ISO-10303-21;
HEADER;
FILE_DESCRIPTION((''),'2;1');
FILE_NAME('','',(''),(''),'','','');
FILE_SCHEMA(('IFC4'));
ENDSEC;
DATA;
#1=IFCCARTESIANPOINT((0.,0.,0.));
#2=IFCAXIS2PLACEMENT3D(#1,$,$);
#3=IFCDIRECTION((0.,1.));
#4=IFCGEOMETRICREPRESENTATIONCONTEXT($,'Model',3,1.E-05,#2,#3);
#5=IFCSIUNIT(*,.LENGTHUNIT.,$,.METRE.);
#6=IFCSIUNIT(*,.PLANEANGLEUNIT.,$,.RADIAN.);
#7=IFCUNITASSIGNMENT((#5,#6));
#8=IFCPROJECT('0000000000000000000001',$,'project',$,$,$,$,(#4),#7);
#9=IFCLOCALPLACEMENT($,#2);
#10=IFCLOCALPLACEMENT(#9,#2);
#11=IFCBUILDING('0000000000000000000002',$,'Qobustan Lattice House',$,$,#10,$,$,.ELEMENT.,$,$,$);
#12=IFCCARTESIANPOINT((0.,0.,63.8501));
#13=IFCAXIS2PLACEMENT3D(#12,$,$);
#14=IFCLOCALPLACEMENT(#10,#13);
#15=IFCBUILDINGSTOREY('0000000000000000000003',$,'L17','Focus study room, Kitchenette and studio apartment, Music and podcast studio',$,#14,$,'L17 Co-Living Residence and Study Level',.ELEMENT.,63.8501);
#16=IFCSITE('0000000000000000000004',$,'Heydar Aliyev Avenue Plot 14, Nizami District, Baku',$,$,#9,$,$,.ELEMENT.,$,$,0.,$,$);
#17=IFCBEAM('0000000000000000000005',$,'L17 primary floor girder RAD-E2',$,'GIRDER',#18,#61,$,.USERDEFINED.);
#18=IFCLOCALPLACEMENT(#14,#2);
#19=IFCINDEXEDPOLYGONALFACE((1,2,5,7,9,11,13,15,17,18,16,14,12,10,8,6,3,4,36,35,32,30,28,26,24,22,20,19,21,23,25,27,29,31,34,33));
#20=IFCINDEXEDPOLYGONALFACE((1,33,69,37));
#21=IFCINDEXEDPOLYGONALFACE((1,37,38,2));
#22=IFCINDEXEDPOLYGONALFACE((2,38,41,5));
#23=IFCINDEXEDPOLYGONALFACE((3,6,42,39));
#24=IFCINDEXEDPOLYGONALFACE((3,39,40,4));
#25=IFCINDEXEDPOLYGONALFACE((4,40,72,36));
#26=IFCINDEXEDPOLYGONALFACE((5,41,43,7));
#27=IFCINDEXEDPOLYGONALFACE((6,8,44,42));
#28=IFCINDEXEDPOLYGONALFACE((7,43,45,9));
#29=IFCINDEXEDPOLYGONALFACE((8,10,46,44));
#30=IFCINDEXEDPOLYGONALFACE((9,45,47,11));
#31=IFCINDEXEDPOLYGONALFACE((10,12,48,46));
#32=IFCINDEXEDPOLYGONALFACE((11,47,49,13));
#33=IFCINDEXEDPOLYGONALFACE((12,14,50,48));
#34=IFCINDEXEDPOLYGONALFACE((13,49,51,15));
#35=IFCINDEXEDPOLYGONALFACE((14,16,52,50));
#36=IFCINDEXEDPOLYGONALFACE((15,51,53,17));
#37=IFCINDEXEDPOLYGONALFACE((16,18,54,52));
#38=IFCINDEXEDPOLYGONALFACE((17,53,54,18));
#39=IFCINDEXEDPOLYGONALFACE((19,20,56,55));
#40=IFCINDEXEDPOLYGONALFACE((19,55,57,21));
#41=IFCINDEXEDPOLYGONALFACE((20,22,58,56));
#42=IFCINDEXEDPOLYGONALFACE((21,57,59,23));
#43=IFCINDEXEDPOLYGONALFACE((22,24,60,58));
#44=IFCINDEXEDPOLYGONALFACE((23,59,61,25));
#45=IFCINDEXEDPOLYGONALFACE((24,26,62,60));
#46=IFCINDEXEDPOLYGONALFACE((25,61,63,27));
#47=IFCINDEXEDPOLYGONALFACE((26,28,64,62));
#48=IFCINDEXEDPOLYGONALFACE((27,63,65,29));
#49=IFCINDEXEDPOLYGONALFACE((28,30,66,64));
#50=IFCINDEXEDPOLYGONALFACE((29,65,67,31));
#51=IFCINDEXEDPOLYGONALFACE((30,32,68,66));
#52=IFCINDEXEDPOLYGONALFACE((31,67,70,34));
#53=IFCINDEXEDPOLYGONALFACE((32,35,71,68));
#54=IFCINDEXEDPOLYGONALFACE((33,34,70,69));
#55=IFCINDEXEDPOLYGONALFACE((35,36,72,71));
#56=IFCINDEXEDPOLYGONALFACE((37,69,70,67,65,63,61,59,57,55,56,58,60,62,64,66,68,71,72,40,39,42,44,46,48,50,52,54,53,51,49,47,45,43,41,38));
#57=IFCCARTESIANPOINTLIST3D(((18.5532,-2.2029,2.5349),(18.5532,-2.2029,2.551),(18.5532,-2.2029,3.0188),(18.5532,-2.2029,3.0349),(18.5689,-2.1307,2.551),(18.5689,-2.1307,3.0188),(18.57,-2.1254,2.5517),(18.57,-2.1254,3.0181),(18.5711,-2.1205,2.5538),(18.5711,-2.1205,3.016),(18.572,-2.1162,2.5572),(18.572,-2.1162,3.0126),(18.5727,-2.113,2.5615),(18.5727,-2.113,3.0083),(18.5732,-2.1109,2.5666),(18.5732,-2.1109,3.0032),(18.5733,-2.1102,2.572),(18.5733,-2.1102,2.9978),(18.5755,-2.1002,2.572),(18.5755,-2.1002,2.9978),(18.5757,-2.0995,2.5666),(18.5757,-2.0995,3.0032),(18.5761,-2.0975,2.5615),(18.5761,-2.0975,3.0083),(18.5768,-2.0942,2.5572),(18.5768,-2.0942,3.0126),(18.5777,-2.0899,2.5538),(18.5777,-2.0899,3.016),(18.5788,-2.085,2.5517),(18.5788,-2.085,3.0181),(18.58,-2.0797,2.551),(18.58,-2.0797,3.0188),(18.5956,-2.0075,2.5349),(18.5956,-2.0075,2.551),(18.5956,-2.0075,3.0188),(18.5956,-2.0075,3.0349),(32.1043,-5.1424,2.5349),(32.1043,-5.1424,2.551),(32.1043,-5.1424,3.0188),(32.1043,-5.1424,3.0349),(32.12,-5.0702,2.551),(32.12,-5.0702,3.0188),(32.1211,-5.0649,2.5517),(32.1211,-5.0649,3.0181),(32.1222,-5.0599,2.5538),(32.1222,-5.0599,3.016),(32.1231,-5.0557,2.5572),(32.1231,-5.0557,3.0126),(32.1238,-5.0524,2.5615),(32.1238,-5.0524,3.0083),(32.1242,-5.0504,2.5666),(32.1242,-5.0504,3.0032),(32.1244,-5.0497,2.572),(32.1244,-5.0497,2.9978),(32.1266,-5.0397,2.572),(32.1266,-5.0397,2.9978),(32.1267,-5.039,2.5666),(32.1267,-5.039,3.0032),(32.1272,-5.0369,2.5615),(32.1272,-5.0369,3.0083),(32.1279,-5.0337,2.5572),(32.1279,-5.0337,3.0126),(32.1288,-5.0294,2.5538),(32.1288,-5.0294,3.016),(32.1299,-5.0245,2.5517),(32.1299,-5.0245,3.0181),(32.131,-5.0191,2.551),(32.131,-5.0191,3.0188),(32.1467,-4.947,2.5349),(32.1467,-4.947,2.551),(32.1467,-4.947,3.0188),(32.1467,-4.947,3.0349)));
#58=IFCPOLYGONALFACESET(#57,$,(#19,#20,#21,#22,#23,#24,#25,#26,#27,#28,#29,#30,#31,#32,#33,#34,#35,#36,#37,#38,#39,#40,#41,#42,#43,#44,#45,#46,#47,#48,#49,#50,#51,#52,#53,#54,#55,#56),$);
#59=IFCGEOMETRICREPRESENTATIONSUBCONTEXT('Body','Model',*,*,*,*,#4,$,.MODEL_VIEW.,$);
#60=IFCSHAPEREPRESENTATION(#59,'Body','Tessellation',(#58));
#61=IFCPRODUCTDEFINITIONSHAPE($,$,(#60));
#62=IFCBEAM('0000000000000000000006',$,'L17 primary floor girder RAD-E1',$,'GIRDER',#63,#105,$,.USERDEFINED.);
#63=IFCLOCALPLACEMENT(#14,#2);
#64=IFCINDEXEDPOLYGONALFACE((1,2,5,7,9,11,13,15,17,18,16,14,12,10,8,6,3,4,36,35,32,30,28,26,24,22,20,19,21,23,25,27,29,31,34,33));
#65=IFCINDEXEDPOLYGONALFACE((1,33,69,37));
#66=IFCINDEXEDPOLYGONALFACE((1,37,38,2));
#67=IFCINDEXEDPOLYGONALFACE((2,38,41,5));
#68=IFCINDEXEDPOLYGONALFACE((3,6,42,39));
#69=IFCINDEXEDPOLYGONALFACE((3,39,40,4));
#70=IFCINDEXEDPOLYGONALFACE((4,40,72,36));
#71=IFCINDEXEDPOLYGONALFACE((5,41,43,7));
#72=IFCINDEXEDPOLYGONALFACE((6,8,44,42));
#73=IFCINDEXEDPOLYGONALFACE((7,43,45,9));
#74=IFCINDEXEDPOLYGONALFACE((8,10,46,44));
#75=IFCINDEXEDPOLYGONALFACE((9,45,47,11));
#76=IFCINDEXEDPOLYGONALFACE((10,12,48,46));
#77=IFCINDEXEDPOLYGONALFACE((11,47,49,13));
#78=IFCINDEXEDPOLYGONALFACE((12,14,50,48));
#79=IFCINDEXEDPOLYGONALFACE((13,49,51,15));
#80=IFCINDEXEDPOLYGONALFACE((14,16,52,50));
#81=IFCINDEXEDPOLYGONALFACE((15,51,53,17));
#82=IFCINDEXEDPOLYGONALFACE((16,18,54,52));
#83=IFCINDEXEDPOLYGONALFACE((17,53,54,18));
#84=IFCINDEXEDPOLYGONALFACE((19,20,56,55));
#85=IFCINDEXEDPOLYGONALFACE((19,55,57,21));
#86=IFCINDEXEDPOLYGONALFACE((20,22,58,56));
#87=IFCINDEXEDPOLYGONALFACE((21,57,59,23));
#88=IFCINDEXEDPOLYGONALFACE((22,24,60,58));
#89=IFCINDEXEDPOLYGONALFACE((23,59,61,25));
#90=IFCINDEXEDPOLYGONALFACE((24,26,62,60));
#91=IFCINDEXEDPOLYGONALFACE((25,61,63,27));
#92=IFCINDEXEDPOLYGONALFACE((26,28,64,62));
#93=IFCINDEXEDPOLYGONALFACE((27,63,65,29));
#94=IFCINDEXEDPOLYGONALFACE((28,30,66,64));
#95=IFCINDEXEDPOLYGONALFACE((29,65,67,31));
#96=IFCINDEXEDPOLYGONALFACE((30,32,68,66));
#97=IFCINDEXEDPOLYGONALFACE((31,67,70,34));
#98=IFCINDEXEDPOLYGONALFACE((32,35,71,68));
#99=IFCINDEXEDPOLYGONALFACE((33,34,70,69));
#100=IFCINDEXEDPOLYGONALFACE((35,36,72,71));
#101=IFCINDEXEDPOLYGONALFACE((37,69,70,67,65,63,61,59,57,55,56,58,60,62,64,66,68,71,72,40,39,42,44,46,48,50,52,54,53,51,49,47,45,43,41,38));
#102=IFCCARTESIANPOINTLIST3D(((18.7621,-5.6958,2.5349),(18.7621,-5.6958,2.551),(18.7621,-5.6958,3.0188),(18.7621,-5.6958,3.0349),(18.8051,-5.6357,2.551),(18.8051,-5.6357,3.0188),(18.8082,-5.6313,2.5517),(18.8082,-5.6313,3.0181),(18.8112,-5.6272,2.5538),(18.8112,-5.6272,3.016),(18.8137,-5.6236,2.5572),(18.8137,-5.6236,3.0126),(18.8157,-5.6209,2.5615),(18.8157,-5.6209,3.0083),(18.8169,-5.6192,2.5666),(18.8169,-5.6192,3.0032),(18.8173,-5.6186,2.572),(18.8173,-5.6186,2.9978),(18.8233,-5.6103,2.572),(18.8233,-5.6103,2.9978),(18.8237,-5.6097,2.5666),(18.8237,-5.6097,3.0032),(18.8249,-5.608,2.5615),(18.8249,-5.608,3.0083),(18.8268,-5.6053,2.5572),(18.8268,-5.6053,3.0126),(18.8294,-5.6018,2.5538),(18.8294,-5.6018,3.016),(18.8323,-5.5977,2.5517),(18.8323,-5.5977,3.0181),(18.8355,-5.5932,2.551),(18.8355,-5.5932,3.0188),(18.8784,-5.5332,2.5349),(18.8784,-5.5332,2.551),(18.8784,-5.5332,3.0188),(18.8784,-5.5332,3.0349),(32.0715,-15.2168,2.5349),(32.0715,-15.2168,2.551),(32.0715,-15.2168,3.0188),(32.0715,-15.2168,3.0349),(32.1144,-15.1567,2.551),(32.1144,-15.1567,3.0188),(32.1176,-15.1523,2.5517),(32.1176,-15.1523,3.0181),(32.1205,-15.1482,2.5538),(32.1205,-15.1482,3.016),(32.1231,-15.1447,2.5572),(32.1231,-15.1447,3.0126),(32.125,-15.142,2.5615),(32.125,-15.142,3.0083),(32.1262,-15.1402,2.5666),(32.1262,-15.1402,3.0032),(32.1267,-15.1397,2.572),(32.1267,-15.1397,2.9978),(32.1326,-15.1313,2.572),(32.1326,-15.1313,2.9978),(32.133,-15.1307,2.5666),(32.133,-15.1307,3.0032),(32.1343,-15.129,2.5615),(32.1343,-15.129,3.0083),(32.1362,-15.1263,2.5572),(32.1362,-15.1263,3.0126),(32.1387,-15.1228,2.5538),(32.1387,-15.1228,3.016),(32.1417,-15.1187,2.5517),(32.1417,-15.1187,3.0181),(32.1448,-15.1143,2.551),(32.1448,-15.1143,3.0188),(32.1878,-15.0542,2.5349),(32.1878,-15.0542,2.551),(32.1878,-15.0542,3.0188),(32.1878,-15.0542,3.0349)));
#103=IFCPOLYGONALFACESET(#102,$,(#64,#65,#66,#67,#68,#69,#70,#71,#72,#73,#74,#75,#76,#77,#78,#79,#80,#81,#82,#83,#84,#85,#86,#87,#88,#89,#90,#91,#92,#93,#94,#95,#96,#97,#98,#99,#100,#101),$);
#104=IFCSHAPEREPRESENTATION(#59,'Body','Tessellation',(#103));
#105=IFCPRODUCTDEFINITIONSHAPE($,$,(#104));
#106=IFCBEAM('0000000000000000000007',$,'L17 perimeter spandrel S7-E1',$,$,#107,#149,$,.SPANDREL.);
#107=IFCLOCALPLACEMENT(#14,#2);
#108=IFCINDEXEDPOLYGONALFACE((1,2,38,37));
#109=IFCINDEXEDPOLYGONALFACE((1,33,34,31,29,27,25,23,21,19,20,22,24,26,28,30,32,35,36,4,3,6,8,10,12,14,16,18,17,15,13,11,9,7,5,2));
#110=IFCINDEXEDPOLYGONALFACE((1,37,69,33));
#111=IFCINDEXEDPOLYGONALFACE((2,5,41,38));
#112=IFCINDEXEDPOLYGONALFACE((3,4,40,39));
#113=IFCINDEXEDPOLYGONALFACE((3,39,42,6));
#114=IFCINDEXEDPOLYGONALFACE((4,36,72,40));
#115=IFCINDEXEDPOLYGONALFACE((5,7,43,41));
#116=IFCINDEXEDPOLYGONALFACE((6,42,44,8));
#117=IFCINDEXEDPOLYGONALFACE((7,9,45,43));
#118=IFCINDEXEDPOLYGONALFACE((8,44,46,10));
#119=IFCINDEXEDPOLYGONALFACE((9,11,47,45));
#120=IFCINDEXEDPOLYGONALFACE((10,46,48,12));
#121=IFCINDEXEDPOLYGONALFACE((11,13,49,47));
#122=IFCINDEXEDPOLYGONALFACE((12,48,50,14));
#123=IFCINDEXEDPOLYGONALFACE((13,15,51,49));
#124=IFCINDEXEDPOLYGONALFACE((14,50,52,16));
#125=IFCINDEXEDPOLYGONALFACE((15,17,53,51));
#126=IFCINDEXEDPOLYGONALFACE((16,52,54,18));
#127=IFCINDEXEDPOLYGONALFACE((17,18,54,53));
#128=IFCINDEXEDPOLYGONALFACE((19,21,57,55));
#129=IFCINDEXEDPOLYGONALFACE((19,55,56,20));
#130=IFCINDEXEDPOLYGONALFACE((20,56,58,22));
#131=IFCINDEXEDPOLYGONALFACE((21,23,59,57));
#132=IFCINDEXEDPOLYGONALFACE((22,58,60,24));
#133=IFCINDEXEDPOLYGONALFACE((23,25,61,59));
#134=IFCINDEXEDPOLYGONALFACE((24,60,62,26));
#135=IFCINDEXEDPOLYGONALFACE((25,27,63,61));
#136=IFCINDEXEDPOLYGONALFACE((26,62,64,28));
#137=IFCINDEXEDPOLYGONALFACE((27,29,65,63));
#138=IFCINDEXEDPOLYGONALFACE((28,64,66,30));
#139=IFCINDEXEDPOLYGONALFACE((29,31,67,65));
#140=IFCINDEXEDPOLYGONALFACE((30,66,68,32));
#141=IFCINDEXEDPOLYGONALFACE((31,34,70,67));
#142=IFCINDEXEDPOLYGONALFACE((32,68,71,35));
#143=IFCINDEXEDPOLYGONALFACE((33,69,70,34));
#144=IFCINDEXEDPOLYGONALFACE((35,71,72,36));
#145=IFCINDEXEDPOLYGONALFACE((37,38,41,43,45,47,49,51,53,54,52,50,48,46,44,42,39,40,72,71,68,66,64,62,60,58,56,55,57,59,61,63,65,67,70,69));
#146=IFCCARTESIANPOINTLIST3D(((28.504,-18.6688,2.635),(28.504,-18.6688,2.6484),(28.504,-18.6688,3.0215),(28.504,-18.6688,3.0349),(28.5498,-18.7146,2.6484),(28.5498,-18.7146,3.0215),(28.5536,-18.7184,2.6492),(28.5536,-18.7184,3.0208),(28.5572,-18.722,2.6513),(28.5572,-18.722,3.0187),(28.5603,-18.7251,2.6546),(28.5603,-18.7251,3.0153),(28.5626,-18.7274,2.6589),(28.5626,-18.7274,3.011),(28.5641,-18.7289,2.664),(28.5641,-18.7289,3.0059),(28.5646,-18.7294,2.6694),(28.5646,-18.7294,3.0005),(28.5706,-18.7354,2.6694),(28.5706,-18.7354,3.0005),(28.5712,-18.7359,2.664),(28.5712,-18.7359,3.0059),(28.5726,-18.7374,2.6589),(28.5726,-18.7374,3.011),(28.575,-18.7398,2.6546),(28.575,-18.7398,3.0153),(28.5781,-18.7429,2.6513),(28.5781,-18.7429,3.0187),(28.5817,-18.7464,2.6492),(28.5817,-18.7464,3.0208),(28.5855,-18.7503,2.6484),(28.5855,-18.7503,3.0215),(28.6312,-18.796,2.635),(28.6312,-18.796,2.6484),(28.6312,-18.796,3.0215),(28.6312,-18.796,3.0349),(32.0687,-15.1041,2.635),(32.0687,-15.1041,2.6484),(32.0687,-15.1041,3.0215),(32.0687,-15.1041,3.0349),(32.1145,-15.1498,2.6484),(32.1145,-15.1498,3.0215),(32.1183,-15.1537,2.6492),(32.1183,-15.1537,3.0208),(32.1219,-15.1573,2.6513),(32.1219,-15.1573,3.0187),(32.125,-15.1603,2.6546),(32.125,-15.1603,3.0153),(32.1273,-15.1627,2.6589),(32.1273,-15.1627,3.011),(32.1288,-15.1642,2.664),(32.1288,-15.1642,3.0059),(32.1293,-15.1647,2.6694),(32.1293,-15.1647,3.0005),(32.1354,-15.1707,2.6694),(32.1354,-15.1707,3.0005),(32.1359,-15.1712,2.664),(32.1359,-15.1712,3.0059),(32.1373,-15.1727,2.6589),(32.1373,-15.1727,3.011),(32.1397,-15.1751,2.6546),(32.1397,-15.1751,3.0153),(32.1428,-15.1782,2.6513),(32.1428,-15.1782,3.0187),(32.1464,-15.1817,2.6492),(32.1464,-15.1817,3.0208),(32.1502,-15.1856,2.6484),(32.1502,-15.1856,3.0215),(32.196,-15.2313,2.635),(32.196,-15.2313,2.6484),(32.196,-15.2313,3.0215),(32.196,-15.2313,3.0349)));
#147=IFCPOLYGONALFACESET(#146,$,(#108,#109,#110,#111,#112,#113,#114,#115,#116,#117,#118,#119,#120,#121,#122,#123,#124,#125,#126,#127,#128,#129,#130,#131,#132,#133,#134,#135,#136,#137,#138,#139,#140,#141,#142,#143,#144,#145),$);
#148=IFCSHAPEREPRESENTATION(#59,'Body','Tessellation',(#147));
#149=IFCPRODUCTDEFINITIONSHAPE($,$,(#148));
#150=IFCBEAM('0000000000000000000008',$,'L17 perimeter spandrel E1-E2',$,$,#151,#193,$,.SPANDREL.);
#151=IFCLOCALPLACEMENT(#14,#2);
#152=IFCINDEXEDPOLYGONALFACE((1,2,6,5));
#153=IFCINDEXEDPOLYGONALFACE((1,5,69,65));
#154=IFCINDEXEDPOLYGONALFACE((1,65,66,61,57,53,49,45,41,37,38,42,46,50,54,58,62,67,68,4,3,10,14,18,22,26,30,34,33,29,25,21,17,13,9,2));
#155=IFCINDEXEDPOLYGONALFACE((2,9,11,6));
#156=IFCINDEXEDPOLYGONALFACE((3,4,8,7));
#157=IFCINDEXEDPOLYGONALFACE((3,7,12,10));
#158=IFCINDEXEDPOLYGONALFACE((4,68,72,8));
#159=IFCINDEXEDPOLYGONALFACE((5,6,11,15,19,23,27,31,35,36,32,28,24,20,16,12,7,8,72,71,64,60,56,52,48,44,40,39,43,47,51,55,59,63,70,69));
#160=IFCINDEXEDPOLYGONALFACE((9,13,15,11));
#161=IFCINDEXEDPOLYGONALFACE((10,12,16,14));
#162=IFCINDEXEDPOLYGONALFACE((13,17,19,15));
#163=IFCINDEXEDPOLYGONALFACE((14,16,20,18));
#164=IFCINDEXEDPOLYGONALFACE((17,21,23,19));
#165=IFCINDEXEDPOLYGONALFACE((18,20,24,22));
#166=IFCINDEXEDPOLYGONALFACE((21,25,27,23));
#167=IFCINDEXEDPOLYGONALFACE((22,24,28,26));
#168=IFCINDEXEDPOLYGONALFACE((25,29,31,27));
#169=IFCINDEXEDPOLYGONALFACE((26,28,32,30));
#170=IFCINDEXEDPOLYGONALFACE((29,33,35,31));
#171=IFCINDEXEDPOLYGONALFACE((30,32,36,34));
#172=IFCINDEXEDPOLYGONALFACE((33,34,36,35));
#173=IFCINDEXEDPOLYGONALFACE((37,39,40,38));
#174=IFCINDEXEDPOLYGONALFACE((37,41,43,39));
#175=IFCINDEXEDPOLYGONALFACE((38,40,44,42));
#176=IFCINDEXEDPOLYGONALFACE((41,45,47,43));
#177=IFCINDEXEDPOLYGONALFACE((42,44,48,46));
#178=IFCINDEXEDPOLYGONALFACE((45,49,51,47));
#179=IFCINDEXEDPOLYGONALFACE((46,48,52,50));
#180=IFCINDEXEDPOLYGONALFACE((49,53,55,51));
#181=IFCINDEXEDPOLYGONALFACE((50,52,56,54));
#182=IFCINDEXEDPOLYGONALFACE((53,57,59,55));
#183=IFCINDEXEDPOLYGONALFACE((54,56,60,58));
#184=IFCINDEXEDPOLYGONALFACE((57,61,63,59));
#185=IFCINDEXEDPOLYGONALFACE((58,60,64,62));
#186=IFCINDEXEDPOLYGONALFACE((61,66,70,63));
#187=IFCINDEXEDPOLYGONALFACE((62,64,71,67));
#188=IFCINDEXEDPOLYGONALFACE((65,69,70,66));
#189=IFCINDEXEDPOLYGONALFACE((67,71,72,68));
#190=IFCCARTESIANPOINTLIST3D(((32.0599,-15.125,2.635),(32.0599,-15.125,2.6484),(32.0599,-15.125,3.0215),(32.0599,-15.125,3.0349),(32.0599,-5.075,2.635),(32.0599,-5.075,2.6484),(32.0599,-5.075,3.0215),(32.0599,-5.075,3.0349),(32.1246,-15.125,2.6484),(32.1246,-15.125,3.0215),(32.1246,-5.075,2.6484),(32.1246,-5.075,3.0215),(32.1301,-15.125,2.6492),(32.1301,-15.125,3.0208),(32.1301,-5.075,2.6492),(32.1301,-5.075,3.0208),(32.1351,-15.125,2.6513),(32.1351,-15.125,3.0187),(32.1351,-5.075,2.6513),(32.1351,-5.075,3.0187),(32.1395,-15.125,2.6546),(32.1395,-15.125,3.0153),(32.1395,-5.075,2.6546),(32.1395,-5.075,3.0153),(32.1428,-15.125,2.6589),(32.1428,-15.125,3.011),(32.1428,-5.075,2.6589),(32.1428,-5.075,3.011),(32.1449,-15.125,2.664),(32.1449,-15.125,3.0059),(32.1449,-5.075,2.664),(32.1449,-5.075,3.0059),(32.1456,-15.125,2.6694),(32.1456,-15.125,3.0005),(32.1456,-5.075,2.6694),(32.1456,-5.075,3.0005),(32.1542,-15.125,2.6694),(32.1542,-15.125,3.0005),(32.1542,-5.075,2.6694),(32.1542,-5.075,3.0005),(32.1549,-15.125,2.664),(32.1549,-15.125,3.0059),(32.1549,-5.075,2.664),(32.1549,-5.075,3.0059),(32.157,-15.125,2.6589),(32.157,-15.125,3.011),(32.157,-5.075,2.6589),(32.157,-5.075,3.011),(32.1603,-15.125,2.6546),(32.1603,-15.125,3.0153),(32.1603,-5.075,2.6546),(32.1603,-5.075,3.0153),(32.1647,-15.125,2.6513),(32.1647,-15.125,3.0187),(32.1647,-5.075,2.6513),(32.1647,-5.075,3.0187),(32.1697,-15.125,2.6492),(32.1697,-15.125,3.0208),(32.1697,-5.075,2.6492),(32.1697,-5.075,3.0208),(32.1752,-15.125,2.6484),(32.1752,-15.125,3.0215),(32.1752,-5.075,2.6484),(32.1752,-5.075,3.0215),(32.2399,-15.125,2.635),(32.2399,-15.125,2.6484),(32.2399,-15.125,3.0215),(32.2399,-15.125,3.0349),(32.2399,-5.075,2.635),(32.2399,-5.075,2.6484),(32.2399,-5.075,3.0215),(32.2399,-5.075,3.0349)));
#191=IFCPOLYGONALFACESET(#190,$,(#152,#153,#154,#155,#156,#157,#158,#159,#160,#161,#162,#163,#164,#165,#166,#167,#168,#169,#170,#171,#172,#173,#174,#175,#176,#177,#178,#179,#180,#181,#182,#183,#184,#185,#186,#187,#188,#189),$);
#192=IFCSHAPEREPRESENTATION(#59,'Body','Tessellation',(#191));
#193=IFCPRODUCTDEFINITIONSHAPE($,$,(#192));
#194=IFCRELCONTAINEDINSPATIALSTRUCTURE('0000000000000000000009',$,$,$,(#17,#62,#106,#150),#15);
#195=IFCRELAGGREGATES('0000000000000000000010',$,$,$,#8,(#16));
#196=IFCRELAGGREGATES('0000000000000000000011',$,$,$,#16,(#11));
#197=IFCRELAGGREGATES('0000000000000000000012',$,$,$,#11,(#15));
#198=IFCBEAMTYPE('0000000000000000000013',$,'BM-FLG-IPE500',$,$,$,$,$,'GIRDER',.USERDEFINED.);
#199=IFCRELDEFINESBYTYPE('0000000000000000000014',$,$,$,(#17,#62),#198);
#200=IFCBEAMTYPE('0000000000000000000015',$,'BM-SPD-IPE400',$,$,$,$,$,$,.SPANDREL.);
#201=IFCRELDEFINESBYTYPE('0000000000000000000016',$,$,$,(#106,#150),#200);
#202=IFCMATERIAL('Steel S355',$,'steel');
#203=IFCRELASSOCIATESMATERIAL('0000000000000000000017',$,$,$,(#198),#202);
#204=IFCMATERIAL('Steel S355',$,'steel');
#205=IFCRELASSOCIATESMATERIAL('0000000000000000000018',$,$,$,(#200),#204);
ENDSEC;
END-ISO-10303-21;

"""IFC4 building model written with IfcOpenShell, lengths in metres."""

from ifc_helpers import new_model, si_unit, direction, frame, origin, origin_2d, place, context, subcontext, project, spatial, i_section, extrude, material, material_profile, profile_set, type_object, element, save


model = new_model("IFC4")

# Units and contexts
model_context = context("Model", 3, precision=1e-05, world=origin(), true_north=direction((0.0, 1.0)))
body_context = subcontext(model_context, "Body", "Model", "MODEL_VIEW")
ifc_project = project(units=[si_unit("LENGTHUNIT", "METRE"), si_unit("PLANEANGLEUNIT", "RADIAN")], contexts=[model_context])

# Site, building, storey
site_placement = place(None, origin())
site = spatial("IfcSite", under=ifc_project, at=site_placement, Name="Heydar Aliyev Avenue Plot 14, Nizami District, Baku", CompositionType="ELEMENT", RefElevation=0.0)
building_placement = place(site_placement, origin())
building = spatial("IfcBuilding", under=site, at=building_placement, Name="Qobustan Lattice House", CompositionType="ELEMENT")
storey_placement = place(building_placement, frame((0.0, 0.0, 63.8501)))
storey = spatial("IfcBuildingStorey", under=building, at=storey_placement, Name="L17", Description="Focus study room, Kitchenette and studio apartment, Music and podcast studio", LongName="L17 Co-Living Residence and Study Level", CompositionType="ELEMENT", Elevation=63.8501)

# Beams
ifc_material_1 = material(Name="Steel S355", Category="steel")
ifc_material_profile_1 = material_profile(ifc_material_1, i_section(OverallWidth=0.2, OverallDepth=0.5, WebThickness=0.0103, FlangeThickness=0.0161, FilletRadius=0.021, at=origin_2d()), Name="IPE500")
ifc_profile_set_1 = profile_set([ifc_material_profile_1], Name="Steel S355")
beam_type_1 = type_object("IfcBeamType", Name="BM-FLG-IPE500", ElementType="GIRDER", PredefinedType="USERDEFINED", material=ifc_profile_set_1)
beam_1_placement = place(storey_placement, frame((32.1255, -5.0447, 2.7849), z_axis=(-0.977272, 0.211987, 0.0), x_axis=(-0.211987, -0.977272, 0.0)))
element("IfcBeam", 1, at=beam_1_placement, inside=storey, type_object=beam_type_1, Name="L17 primary floor girder RAD-E2", ObjectType="GIRDER", PredefinedType="USERDEFINED", context=body_context, shape_type="SweptSolid", body=[
    extrude(i_section(OverallWidth=0.2, OverallDepth=0.5, WebThickness=0.0103, FlangeThickness=0.0161, FilletRadius=0.021, at=origin_2d()), origin(), (0.0, 0.0, 1.0), 13.8662),
])
beam_2_placement = place(storey_placement, frame((32.1296, -15.1355, 2.7849), z_axis=(-0.813319, 0.581818, 0.0), x_axis=(-0.581818, -0.813319, 0.0)))
element("IfcBeam", 2, at=beam_2_placement, inside=storey, type_object=beam_type_1, Name="L17 primary floor girder RAD-E1", ObjectType="GIRDER", PredefinedType="USERDEFINED", context=body_context, shape_type="SweptSolid", body=[
    extrude(i_section(OverallWidth=0.2, OverallDepth=0.5, WebThickness=0.0103, FlangeThickness=0.0161, FilletRadius=0.021, at=origin_2d()), origin(), (0.0, 0.0, 1.0), 16.3643),
])
ifc_material_2 = material(Name="Steel S355", Category="steel")
ifc_material_profile_2 = material_profile(ifc_material_2, i_section(OverallWidth=0.1799, OverallDepth=0.3999, WebThickness=0.0085, FlangeThickness=0.0134, FilletRadius=0.021, at=origin_2d()), Name="IPE400")
ifc_profile_set_2 = profile_set([ifc_material_profile_2], Name="Steel S355")
beam_type_2 = type_object("IfcBeamType", Name="BM-SPD-IPE400", PredefinedType="SPANDREL", material=ifc_profile_set_2)
beam_3_placement = place(storey_placement, frame((28.5676, -18.7324, 2.835), z_axis=(0.707107, 0.707107, 0.0), x_axis=(-0.707107, 0.707107, 0.0)))
element("IfcBeam", 3, at=beam_3_placement, inside=storey, type_object=beam_type_2, Name="L17 perimeter spandrel S7-E1", PredefinedType="SPANDREL", context=body_context, shape_type="SweptSolid", body=[
    extrude(i_section(OverallWidth=0.1799, OverallDepth=0.3999, WebThickness=0.0085, FlangeThickness=0.0134, FilletRadius=0.021, at=origin_2d()), origin(), (0.0, 0.0, 1.0), 5.0413),
])
beam_4_placement = place(storey_placement, frame((32.1499, -15.125, 2.835), z_axis=(0.0, 1.0, 0.0), x_axis=(-1.0, 0.0, 0.0)))
element("IfcBeam", 4, at=beam_4_placement, inside=storey, type_object=beam_type_2, Name="L17 perimeter spandrel E1-E2", PredefinedType="SPANDREL", context=body_context, shape_type="SweptSolid", body=[
    extrude(i_section(OverallWidth=0.1799, OverallDepth=0.3999, WebThickness=0.0085, FlangeThickness=0.0134, FilletRadius=0.021, at=origin_2d()), origin(), (0.0, 0.0, 1.0), 10.05),
])

save(model, "model.ifc")
